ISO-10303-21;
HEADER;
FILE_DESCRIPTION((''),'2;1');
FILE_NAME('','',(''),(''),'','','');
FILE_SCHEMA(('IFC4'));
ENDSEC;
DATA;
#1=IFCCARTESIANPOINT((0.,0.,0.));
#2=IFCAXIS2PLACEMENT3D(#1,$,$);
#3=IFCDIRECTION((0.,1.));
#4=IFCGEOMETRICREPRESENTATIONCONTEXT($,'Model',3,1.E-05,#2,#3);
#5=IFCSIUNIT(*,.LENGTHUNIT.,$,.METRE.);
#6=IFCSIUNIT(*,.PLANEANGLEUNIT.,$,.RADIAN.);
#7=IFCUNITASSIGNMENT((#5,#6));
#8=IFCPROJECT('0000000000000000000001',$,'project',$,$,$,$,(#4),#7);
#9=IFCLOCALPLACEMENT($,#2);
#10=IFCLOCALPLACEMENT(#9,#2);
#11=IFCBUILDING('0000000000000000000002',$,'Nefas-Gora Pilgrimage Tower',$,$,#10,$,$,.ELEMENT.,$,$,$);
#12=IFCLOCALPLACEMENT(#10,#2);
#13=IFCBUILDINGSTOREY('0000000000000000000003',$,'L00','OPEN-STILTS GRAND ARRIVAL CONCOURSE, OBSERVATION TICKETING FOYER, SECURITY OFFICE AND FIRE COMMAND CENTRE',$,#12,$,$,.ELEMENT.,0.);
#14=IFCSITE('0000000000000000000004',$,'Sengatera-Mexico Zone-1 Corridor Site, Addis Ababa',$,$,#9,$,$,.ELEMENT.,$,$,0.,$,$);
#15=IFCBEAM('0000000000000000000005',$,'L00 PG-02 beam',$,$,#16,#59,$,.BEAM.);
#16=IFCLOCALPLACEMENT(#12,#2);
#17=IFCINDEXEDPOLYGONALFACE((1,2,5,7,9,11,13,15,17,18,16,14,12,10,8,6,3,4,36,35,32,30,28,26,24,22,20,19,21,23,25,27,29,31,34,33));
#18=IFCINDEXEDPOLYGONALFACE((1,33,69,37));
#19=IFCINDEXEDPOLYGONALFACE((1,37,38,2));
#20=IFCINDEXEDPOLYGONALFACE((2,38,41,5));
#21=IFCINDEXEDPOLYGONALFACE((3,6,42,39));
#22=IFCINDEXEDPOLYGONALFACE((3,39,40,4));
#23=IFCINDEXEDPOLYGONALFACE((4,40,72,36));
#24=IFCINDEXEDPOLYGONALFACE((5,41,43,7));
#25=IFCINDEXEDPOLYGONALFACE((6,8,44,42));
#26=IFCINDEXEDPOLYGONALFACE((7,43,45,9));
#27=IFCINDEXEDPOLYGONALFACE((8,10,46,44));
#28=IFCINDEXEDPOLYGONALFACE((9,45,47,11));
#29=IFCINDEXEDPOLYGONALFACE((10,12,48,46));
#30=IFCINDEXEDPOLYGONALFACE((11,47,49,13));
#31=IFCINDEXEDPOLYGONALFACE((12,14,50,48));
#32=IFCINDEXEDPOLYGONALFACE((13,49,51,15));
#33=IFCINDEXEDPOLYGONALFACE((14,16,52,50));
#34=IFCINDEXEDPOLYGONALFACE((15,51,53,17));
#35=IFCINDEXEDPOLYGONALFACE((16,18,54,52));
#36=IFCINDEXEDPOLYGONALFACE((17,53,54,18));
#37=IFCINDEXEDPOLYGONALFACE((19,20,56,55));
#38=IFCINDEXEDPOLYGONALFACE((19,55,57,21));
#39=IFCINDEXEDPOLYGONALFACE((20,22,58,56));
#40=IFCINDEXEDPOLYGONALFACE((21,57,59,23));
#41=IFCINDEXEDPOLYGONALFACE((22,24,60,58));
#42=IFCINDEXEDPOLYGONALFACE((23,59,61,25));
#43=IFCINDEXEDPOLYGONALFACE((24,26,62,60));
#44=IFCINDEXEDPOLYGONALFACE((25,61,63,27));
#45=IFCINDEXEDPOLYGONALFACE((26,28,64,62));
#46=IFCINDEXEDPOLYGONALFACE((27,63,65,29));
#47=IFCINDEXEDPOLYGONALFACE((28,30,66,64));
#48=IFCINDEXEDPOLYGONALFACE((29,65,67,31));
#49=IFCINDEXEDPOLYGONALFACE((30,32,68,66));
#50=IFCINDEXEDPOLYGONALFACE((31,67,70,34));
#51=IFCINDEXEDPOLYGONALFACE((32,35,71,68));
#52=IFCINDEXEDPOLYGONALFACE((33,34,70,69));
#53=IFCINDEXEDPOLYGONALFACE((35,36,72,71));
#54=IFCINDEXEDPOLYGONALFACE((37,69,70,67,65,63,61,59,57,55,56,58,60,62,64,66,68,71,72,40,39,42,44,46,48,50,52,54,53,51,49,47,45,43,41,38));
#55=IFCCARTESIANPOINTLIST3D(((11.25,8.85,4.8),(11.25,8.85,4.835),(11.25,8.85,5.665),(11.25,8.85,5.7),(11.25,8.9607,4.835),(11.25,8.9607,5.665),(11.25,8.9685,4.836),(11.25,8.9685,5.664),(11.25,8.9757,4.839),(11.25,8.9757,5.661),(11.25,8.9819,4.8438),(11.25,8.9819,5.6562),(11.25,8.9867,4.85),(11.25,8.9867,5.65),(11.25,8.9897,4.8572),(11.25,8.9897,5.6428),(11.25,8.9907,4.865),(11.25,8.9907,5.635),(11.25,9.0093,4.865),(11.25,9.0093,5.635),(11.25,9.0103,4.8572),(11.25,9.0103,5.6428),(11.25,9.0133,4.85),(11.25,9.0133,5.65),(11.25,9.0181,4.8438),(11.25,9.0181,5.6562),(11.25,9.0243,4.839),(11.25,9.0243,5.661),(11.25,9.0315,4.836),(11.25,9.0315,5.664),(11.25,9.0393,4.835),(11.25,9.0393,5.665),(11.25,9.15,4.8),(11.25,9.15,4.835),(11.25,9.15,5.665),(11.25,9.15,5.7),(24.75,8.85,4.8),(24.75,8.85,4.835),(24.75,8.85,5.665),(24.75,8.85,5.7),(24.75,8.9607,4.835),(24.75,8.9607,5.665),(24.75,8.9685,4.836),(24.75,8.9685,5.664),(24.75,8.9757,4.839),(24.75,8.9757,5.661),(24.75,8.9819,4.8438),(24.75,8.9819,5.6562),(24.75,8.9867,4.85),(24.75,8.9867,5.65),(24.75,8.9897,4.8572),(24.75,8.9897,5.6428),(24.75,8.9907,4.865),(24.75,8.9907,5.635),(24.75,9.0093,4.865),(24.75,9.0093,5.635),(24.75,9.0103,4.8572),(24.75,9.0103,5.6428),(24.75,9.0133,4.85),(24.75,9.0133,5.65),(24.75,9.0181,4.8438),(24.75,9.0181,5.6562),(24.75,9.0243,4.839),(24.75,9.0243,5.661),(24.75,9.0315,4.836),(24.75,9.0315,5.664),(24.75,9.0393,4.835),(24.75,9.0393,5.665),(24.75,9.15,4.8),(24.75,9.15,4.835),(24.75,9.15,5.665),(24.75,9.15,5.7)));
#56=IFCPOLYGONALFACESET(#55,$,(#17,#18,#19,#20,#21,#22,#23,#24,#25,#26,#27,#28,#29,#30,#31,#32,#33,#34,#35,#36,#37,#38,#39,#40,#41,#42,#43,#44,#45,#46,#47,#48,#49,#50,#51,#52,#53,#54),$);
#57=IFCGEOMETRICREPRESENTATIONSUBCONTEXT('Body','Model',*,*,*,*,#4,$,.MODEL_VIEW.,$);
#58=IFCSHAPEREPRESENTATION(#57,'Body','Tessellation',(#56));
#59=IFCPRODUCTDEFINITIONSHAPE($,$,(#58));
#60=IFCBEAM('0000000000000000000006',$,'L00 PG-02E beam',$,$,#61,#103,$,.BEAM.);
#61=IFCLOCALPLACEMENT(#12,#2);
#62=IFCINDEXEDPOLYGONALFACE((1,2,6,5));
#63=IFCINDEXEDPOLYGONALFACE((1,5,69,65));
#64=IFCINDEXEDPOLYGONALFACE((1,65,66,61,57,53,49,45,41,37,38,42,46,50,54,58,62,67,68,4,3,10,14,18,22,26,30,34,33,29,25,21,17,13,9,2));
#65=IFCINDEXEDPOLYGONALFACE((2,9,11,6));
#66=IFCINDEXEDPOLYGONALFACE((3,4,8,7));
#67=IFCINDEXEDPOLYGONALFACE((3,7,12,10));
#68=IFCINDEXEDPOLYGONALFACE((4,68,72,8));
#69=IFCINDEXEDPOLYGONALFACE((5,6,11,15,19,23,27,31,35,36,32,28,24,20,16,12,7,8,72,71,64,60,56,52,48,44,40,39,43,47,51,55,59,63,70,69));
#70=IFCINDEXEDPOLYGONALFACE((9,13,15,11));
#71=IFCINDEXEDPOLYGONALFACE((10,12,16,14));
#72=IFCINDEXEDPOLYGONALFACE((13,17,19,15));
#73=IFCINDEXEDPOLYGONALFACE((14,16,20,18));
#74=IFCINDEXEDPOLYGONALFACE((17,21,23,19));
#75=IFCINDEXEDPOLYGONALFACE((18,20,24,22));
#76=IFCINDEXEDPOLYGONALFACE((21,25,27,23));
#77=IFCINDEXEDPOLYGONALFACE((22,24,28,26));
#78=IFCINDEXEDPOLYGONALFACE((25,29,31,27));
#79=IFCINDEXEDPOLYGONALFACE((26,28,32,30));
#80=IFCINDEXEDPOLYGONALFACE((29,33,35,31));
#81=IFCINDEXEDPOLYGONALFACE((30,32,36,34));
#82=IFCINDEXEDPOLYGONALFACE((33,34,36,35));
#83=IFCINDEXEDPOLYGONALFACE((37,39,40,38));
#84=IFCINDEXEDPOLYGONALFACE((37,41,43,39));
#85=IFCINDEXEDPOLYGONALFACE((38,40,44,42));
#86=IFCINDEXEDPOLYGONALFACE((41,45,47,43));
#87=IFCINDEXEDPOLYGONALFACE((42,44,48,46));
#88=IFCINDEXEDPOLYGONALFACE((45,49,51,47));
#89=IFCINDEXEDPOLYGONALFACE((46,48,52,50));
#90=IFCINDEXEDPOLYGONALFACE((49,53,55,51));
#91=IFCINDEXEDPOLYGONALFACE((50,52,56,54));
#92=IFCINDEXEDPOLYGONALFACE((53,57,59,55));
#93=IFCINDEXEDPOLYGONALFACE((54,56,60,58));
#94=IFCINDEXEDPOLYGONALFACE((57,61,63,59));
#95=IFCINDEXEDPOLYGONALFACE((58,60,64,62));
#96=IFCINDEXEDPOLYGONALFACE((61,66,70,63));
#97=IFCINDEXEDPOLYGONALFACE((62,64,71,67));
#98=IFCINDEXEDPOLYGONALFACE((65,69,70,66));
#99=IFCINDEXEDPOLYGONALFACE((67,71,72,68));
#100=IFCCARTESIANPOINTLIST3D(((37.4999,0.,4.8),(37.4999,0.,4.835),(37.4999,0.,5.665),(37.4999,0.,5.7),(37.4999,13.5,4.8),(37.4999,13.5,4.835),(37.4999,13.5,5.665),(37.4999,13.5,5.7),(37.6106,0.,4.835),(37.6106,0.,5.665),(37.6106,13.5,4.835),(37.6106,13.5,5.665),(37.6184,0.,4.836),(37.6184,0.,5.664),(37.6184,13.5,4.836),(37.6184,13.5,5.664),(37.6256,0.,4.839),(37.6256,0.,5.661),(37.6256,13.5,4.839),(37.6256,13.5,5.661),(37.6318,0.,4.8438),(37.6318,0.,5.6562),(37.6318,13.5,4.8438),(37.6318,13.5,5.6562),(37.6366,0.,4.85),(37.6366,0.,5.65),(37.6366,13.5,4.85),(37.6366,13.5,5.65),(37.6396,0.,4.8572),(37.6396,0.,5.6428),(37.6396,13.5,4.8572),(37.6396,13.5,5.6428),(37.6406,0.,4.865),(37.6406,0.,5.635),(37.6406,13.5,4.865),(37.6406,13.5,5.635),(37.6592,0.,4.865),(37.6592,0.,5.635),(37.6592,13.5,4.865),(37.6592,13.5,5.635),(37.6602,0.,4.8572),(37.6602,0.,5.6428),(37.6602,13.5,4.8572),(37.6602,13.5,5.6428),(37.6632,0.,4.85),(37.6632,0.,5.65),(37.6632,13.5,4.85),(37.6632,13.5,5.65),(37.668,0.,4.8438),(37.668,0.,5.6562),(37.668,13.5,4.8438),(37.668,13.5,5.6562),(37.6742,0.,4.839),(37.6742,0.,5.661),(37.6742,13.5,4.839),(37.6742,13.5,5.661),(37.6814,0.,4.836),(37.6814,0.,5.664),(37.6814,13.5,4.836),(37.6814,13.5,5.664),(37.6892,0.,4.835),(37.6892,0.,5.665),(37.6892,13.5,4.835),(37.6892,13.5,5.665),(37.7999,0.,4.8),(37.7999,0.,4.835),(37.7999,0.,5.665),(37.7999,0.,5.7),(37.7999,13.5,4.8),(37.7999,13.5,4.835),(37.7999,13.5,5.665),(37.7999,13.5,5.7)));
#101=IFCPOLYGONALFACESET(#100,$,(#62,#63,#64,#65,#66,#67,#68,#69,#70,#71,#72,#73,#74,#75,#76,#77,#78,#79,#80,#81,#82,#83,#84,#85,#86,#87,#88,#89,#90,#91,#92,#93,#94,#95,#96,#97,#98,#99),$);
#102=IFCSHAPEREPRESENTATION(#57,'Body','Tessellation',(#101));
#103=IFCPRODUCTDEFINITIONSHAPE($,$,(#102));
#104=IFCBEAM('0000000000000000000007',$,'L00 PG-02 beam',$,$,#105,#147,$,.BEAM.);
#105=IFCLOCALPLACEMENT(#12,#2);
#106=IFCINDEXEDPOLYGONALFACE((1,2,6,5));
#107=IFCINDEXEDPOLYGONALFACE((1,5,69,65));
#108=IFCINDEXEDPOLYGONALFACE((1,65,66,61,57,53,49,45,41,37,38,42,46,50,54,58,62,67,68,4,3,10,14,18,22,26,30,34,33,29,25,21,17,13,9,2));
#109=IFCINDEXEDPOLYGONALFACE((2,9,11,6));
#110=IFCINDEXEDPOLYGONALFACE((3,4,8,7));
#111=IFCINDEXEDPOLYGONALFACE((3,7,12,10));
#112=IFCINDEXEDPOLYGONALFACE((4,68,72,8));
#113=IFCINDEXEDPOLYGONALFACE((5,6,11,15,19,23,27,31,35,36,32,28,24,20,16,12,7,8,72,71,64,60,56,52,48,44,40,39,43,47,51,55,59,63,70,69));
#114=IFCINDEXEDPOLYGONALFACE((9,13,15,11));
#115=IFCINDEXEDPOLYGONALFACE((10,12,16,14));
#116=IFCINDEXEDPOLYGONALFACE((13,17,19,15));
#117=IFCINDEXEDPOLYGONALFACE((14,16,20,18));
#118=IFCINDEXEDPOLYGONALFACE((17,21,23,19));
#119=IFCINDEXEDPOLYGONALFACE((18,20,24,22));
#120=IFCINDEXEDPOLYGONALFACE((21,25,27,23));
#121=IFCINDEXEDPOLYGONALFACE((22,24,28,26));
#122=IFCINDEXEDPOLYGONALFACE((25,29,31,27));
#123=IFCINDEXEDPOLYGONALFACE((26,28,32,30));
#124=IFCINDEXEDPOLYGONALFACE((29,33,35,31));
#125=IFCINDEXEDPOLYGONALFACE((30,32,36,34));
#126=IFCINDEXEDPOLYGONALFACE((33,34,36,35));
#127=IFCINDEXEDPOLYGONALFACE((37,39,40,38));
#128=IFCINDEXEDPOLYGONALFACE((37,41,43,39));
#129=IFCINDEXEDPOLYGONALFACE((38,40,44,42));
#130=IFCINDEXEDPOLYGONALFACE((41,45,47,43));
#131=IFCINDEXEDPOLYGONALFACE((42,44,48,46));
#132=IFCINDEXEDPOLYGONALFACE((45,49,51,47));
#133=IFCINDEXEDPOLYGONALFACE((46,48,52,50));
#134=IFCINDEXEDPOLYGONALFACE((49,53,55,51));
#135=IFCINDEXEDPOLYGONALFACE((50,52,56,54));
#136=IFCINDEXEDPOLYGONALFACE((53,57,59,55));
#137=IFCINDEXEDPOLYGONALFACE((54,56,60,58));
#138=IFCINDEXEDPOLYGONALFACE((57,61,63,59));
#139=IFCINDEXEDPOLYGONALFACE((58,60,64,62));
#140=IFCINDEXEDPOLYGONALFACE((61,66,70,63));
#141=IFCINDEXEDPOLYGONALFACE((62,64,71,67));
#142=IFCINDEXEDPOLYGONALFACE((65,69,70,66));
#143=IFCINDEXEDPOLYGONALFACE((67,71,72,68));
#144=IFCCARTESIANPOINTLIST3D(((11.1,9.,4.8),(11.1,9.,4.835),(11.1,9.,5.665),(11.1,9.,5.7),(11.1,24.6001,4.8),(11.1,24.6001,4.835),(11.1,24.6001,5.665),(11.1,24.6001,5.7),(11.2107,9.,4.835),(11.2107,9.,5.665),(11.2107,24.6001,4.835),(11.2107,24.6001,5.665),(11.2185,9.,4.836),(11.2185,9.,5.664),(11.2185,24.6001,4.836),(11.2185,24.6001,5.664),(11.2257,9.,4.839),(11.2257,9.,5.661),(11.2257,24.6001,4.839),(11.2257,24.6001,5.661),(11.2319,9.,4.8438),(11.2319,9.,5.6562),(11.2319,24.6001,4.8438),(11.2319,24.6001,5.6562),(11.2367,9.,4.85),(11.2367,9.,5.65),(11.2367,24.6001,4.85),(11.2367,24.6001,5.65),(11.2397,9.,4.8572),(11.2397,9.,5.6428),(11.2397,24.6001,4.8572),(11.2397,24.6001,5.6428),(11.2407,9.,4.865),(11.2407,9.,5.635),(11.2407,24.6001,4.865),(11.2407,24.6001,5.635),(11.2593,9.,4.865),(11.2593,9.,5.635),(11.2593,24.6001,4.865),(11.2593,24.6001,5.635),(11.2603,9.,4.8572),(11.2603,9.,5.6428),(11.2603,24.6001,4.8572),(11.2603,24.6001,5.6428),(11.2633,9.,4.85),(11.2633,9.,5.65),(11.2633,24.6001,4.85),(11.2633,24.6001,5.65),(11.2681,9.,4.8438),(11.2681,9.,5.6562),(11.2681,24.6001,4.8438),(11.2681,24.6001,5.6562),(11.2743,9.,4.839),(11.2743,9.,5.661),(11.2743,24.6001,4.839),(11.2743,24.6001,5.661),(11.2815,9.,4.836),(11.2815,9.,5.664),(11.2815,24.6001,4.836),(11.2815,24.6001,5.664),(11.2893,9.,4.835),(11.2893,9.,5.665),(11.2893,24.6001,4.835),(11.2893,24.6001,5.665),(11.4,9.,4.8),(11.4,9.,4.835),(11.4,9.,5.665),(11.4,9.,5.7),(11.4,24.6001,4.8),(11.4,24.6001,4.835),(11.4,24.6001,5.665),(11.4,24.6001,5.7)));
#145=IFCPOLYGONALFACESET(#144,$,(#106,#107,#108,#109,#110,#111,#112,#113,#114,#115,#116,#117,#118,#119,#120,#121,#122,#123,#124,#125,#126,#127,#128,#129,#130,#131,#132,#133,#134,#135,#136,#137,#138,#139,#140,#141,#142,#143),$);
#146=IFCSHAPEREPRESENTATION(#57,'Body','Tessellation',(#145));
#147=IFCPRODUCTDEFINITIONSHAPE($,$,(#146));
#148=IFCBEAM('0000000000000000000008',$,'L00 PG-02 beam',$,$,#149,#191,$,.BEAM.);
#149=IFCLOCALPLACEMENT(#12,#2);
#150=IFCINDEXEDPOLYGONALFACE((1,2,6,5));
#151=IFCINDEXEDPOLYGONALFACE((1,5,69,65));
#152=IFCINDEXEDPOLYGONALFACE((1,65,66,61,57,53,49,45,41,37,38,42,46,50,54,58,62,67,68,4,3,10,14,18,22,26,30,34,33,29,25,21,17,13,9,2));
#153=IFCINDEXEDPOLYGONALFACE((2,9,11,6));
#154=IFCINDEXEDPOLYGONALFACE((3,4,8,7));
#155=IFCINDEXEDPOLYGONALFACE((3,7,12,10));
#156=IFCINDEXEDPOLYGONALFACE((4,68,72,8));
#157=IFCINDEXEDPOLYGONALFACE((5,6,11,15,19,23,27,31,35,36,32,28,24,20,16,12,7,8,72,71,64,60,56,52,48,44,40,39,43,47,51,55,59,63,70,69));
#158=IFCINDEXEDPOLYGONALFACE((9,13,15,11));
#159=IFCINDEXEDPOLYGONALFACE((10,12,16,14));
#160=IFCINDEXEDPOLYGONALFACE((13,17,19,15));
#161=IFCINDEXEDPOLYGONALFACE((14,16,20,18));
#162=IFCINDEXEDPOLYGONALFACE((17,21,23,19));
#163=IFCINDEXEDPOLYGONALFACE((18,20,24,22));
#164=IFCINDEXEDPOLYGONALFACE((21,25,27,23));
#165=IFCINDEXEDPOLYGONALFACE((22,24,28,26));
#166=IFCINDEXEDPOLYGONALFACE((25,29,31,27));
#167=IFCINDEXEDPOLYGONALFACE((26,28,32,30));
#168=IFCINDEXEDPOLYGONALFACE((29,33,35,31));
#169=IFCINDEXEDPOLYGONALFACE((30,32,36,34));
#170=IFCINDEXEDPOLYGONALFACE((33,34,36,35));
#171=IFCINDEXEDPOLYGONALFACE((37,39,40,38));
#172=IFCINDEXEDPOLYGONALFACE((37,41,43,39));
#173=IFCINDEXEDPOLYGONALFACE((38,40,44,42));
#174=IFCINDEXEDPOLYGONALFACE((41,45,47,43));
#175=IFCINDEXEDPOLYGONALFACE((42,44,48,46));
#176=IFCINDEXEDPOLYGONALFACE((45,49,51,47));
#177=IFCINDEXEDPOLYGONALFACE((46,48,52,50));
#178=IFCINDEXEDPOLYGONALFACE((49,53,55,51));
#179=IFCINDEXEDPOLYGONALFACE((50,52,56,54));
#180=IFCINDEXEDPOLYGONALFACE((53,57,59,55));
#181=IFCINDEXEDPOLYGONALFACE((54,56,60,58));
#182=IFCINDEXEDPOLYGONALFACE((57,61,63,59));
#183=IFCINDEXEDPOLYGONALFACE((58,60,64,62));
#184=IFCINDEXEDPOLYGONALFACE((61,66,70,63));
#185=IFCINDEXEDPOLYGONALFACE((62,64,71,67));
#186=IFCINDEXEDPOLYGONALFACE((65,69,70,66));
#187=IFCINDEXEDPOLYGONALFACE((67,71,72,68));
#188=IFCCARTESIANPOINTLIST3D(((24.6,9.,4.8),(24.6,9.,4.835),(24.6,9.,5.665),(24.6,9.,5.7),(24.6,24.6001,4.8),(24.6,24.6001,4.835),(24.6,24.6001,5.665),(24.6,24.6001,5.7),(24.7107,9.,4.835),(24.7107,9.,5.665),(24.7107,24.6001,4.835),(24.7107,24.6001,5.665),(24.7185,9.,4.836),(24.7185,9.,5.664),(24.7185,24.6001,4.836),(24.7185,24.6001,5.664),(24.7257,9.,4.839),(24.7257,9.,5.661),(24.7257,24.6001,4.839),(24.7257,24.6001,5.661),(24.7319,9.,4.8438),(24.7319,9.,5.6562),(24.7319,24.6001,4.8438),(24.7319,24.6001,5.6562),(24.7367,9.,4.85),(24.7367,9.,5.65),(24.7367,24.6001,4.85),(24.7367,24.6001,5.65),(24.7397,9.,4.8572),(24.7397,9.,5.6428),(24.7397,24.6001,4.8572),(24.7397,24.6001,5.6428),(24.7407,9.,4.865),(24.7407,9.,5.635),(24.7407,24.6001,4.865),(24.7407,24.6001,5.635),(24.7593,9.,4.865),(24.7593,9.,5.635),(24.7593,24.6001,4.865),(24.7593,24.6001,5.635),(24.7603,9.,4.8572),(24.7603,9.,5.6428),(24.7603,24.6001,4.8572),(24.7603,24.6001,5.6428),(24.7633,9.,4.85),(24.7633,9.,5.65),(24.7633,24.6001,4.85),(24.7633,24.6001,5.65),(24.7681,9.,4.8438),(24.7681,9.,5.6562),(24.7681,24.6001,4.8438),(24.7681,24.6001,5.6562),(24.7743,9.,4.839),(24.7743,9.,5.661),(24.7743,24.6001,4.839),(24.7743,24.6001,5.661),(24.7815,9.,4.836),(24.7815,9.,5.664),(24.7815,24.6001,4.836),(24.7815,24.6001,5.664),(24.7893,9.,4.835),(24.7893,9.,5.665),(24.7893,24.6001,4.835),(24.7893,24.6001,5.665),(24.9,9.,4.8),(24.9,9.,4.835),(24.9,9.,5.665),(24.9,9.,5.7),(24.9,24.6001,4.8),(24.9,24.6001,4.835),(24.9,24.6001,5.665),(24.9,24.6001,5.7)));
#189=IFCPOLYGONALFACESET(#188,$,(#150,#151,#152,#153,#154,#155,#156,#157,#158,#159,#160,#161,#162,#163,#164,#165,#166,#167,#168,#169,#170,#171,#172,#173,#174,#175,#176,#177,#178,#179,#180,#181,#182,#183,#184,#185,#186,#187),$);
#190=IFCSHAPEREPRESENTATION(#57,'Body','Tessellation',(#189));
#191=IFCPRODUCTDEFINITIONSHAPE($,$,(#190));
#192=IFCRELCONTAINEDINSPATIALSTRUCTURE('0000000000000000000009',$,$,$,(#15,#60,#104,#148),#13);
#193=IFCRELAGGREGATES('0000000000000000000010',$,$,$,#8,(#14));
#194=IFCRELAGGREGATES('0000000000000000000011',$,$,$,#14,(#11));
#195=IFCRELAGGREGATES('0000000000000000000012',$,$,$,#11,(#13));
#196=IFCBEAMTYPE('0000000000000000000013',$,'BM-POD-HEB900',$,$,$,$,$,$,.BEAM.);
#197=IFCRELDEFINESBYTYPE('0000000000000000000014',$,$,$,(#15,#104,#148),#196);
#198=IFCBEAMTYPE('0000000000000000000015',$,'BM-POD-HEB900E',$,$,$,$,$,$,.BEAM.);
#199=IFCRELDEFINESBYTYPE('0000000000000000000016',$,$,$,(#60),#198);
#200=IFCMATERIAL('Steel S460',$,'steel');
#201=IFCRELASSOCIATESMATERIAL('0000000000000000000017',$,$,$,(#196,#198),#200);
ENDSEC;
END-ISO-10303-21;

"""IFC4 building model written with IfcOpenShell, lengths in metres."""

from ifc_helpers import new_model, si_unit, direction, frame, origin, origin_2d, place, context, subcontext, project, spatial, i_section, extrude, source, transform, mapped, material, material_profile, profile_set, type_object, element, save


model = new_model("IFC4")

# Units and contexts
model_context = context("Model", 3, precision=1e-05, world=origin(), true_north=direction((0.0, 1.0)))
body_context = subcontext(model_context, "Body", "Model", "MODEL_VIEW")
ifc_project = project(units=[si_unit("LENGTHUNIT", "METRE"), si_unit("PLANEANGLEUNIT", "RADIAN")], contexts=[model_context])

# Site, building, storey
site_placement = place(None, origin())
site = spatial("IfcSite", under=ifc_project, at=site_placement, Name="Sengatera-Mexico Zone-1 Corridor Site, Addis Ababa", CompositionType="ELEMENT", RefElevation=0.0)
building_placement = place(site_placement, origin())
building = spatial("IfcBuilding", under=site, at=building_placement, Name="Nefas-Gora Pilgrimage Tower", CompositionType="ELEMENT")
storey_placement = place(building_placement, origin())
storey = spatial("IfcBuildingStorey", under=building, at=storey_placement, Name="L00", Description="OPEN-STILTS GRAND ARRIVAL CONCOURSE, OBSERVATION TICKETING FOYER, SECURITY OFFICE AND FIRE COMMAND CENTRE", CompositionType="ELEMENT", Elevation=0.0)

# Shared definitions
ifc_material_1 = material(Name="Steel S460", Category="steel")

# Beams
ifc_material_profile_1 = material_profile(ifc_material_1, i_section(OverallWidth=0.3, OverallDepth=0.8999, WebThickness=0.0186, FlangeThickness=0.0349, FilletRadius=0.03, at=origin_2d()), Name="HEB 900")
ifc_profile_set_1 = profile_set([ifc_material_profile_1], Name="Steel S460")
beam_type_1 = type_object("IfcBeamType", Name="BM-POD-HEB900", PredefinedType="BEAM", material=ifc_profile_set_1)
shared_shape_1 = source(origin(), body_context, "Body", "SweptSolid", [
    extrude(i_section(OverallWidth=0.3, OverallDepth=0.8999, WebThickness=0.0186, FlangeThickness=0.0349, FilletRadius=0.03, at=origin_2d()), origin(), (0.0, 0.0, 1.0), 13.5),
])
beam_1_placement = place(storey_placement, frame((11.25, 9.0, 5.25), z_axis=(1.0, 0.0, 0.0), x_axis=(0.0, 1.0, 0.0)))
element("IfcBeam", 1, at=beam_1_placement, inside=storey, type_object=beam_type_1, Name="L00 PG-02 beam", PredefinedType="BEAM", context=body_context, shape_type="MappedRepresentation", body=[
    mapped(shared_shape_1, transform((0.0, 0.0, 0.0), x_axis=(1.0, 0.0, 0.0), y_axis=(0.0, 1.0, 0.0), z_axis=(0.0, 0.0, 1.0), scale=1.0)),
])
ifc_material_profile_2 = material_profile(ifc_material_1, i_section(OverallWidth=0.3, OverallDepth=0.8999, WebThickness=0.0186, FlangeThickness=0.0349, FilletRadius=0.03, at=origin_2d()), Name="HEB 900")
ifc_profile_set_2 = profile_set([ifc_material_profile_2], Name="Steel S460")
beam_type_2 = type_object("IfcBeamType", Name="BM-POD-HEB900E", PredefinedType="BEAM", material=ifc_profile_set_2)
shared_shape_2 = source(origin(), body_context, "Body", "SweptSolid", [
    extrude(i_section(OverallWidth=0.3, OverallDepth=0.8999, WebThickness=0.0186, FlangeThickness=0.0349, FilletRadius=0.03, at=origin_2d()), origin(), (0.0, 0.0, 1.0), 13.5),
])
beam_2_placement = place(storey_placement, frame((37.6499, 0.0, 5.25), z_axis=(0.0, 1.0, 0.0), x_axis=(-1.0, 0.0, 0.0)))
element("IfcBeam", 2, at=beam_2_placement, inside=storey, type_object=beam_type_2, Name="L00 PG-02E beam", PredefinedType="BEAM", context=body_context, shape_type="MappedRepresentation", body=[
    mapped(shared_shape_2, transform((0.0, 0.0, 0.0), x_axis=(1.0, 0.0, 0.0), y_axis=(0.0, 1.0, 0.0), z_axis=(0.0, 0.0, 1.0), scale=1.0)),
])
shared_shape_3 = source(origin(), body_context, "Body", "SweptSolid", [
    extrude(i_section(OverallWidth=0.3, OverallDepth=0.8999, WebThickness=0.0186, FlangeThickness=0.0349, FilletRadius=0.03, at=origin_2d()), origin(), (0.0, 0.0, 1.0), 15.6001),
])
for number, where, z_axis, x_axis, name in (
    (3, (11.25, 9.0, 5.25), (0.0, 1.0, 0.0), (-1.0, 0.0, 0.0), "L00 PG-02 beam"),
    (4, (24.75, 9.0, 5.25), (0.0, 1.0, 0.0), (-1.0, 0.0, 0.0), "L00 PG-02 beam"),
):
    element("IfcBeam", number, at=place(storey_placement, frame(where, z_axis=z_axis, x_axis=x_axis)), inside=storey, type_object=beam_type_1, Name=name, PredefinedType="BEAM", context=body_context, shape_type="MappedRepresentation", body=[
        mapped(shared_shape_3, transform((0.0, 0.0, 0.0), x_axis=(1.0, 0.0, 0.0), y_axis=(0.0, 1.0, 0.0), z_axis=(0.0, 0.0, 1.0), scale=1.0)),
    ])

save(model, "model.ifc")
